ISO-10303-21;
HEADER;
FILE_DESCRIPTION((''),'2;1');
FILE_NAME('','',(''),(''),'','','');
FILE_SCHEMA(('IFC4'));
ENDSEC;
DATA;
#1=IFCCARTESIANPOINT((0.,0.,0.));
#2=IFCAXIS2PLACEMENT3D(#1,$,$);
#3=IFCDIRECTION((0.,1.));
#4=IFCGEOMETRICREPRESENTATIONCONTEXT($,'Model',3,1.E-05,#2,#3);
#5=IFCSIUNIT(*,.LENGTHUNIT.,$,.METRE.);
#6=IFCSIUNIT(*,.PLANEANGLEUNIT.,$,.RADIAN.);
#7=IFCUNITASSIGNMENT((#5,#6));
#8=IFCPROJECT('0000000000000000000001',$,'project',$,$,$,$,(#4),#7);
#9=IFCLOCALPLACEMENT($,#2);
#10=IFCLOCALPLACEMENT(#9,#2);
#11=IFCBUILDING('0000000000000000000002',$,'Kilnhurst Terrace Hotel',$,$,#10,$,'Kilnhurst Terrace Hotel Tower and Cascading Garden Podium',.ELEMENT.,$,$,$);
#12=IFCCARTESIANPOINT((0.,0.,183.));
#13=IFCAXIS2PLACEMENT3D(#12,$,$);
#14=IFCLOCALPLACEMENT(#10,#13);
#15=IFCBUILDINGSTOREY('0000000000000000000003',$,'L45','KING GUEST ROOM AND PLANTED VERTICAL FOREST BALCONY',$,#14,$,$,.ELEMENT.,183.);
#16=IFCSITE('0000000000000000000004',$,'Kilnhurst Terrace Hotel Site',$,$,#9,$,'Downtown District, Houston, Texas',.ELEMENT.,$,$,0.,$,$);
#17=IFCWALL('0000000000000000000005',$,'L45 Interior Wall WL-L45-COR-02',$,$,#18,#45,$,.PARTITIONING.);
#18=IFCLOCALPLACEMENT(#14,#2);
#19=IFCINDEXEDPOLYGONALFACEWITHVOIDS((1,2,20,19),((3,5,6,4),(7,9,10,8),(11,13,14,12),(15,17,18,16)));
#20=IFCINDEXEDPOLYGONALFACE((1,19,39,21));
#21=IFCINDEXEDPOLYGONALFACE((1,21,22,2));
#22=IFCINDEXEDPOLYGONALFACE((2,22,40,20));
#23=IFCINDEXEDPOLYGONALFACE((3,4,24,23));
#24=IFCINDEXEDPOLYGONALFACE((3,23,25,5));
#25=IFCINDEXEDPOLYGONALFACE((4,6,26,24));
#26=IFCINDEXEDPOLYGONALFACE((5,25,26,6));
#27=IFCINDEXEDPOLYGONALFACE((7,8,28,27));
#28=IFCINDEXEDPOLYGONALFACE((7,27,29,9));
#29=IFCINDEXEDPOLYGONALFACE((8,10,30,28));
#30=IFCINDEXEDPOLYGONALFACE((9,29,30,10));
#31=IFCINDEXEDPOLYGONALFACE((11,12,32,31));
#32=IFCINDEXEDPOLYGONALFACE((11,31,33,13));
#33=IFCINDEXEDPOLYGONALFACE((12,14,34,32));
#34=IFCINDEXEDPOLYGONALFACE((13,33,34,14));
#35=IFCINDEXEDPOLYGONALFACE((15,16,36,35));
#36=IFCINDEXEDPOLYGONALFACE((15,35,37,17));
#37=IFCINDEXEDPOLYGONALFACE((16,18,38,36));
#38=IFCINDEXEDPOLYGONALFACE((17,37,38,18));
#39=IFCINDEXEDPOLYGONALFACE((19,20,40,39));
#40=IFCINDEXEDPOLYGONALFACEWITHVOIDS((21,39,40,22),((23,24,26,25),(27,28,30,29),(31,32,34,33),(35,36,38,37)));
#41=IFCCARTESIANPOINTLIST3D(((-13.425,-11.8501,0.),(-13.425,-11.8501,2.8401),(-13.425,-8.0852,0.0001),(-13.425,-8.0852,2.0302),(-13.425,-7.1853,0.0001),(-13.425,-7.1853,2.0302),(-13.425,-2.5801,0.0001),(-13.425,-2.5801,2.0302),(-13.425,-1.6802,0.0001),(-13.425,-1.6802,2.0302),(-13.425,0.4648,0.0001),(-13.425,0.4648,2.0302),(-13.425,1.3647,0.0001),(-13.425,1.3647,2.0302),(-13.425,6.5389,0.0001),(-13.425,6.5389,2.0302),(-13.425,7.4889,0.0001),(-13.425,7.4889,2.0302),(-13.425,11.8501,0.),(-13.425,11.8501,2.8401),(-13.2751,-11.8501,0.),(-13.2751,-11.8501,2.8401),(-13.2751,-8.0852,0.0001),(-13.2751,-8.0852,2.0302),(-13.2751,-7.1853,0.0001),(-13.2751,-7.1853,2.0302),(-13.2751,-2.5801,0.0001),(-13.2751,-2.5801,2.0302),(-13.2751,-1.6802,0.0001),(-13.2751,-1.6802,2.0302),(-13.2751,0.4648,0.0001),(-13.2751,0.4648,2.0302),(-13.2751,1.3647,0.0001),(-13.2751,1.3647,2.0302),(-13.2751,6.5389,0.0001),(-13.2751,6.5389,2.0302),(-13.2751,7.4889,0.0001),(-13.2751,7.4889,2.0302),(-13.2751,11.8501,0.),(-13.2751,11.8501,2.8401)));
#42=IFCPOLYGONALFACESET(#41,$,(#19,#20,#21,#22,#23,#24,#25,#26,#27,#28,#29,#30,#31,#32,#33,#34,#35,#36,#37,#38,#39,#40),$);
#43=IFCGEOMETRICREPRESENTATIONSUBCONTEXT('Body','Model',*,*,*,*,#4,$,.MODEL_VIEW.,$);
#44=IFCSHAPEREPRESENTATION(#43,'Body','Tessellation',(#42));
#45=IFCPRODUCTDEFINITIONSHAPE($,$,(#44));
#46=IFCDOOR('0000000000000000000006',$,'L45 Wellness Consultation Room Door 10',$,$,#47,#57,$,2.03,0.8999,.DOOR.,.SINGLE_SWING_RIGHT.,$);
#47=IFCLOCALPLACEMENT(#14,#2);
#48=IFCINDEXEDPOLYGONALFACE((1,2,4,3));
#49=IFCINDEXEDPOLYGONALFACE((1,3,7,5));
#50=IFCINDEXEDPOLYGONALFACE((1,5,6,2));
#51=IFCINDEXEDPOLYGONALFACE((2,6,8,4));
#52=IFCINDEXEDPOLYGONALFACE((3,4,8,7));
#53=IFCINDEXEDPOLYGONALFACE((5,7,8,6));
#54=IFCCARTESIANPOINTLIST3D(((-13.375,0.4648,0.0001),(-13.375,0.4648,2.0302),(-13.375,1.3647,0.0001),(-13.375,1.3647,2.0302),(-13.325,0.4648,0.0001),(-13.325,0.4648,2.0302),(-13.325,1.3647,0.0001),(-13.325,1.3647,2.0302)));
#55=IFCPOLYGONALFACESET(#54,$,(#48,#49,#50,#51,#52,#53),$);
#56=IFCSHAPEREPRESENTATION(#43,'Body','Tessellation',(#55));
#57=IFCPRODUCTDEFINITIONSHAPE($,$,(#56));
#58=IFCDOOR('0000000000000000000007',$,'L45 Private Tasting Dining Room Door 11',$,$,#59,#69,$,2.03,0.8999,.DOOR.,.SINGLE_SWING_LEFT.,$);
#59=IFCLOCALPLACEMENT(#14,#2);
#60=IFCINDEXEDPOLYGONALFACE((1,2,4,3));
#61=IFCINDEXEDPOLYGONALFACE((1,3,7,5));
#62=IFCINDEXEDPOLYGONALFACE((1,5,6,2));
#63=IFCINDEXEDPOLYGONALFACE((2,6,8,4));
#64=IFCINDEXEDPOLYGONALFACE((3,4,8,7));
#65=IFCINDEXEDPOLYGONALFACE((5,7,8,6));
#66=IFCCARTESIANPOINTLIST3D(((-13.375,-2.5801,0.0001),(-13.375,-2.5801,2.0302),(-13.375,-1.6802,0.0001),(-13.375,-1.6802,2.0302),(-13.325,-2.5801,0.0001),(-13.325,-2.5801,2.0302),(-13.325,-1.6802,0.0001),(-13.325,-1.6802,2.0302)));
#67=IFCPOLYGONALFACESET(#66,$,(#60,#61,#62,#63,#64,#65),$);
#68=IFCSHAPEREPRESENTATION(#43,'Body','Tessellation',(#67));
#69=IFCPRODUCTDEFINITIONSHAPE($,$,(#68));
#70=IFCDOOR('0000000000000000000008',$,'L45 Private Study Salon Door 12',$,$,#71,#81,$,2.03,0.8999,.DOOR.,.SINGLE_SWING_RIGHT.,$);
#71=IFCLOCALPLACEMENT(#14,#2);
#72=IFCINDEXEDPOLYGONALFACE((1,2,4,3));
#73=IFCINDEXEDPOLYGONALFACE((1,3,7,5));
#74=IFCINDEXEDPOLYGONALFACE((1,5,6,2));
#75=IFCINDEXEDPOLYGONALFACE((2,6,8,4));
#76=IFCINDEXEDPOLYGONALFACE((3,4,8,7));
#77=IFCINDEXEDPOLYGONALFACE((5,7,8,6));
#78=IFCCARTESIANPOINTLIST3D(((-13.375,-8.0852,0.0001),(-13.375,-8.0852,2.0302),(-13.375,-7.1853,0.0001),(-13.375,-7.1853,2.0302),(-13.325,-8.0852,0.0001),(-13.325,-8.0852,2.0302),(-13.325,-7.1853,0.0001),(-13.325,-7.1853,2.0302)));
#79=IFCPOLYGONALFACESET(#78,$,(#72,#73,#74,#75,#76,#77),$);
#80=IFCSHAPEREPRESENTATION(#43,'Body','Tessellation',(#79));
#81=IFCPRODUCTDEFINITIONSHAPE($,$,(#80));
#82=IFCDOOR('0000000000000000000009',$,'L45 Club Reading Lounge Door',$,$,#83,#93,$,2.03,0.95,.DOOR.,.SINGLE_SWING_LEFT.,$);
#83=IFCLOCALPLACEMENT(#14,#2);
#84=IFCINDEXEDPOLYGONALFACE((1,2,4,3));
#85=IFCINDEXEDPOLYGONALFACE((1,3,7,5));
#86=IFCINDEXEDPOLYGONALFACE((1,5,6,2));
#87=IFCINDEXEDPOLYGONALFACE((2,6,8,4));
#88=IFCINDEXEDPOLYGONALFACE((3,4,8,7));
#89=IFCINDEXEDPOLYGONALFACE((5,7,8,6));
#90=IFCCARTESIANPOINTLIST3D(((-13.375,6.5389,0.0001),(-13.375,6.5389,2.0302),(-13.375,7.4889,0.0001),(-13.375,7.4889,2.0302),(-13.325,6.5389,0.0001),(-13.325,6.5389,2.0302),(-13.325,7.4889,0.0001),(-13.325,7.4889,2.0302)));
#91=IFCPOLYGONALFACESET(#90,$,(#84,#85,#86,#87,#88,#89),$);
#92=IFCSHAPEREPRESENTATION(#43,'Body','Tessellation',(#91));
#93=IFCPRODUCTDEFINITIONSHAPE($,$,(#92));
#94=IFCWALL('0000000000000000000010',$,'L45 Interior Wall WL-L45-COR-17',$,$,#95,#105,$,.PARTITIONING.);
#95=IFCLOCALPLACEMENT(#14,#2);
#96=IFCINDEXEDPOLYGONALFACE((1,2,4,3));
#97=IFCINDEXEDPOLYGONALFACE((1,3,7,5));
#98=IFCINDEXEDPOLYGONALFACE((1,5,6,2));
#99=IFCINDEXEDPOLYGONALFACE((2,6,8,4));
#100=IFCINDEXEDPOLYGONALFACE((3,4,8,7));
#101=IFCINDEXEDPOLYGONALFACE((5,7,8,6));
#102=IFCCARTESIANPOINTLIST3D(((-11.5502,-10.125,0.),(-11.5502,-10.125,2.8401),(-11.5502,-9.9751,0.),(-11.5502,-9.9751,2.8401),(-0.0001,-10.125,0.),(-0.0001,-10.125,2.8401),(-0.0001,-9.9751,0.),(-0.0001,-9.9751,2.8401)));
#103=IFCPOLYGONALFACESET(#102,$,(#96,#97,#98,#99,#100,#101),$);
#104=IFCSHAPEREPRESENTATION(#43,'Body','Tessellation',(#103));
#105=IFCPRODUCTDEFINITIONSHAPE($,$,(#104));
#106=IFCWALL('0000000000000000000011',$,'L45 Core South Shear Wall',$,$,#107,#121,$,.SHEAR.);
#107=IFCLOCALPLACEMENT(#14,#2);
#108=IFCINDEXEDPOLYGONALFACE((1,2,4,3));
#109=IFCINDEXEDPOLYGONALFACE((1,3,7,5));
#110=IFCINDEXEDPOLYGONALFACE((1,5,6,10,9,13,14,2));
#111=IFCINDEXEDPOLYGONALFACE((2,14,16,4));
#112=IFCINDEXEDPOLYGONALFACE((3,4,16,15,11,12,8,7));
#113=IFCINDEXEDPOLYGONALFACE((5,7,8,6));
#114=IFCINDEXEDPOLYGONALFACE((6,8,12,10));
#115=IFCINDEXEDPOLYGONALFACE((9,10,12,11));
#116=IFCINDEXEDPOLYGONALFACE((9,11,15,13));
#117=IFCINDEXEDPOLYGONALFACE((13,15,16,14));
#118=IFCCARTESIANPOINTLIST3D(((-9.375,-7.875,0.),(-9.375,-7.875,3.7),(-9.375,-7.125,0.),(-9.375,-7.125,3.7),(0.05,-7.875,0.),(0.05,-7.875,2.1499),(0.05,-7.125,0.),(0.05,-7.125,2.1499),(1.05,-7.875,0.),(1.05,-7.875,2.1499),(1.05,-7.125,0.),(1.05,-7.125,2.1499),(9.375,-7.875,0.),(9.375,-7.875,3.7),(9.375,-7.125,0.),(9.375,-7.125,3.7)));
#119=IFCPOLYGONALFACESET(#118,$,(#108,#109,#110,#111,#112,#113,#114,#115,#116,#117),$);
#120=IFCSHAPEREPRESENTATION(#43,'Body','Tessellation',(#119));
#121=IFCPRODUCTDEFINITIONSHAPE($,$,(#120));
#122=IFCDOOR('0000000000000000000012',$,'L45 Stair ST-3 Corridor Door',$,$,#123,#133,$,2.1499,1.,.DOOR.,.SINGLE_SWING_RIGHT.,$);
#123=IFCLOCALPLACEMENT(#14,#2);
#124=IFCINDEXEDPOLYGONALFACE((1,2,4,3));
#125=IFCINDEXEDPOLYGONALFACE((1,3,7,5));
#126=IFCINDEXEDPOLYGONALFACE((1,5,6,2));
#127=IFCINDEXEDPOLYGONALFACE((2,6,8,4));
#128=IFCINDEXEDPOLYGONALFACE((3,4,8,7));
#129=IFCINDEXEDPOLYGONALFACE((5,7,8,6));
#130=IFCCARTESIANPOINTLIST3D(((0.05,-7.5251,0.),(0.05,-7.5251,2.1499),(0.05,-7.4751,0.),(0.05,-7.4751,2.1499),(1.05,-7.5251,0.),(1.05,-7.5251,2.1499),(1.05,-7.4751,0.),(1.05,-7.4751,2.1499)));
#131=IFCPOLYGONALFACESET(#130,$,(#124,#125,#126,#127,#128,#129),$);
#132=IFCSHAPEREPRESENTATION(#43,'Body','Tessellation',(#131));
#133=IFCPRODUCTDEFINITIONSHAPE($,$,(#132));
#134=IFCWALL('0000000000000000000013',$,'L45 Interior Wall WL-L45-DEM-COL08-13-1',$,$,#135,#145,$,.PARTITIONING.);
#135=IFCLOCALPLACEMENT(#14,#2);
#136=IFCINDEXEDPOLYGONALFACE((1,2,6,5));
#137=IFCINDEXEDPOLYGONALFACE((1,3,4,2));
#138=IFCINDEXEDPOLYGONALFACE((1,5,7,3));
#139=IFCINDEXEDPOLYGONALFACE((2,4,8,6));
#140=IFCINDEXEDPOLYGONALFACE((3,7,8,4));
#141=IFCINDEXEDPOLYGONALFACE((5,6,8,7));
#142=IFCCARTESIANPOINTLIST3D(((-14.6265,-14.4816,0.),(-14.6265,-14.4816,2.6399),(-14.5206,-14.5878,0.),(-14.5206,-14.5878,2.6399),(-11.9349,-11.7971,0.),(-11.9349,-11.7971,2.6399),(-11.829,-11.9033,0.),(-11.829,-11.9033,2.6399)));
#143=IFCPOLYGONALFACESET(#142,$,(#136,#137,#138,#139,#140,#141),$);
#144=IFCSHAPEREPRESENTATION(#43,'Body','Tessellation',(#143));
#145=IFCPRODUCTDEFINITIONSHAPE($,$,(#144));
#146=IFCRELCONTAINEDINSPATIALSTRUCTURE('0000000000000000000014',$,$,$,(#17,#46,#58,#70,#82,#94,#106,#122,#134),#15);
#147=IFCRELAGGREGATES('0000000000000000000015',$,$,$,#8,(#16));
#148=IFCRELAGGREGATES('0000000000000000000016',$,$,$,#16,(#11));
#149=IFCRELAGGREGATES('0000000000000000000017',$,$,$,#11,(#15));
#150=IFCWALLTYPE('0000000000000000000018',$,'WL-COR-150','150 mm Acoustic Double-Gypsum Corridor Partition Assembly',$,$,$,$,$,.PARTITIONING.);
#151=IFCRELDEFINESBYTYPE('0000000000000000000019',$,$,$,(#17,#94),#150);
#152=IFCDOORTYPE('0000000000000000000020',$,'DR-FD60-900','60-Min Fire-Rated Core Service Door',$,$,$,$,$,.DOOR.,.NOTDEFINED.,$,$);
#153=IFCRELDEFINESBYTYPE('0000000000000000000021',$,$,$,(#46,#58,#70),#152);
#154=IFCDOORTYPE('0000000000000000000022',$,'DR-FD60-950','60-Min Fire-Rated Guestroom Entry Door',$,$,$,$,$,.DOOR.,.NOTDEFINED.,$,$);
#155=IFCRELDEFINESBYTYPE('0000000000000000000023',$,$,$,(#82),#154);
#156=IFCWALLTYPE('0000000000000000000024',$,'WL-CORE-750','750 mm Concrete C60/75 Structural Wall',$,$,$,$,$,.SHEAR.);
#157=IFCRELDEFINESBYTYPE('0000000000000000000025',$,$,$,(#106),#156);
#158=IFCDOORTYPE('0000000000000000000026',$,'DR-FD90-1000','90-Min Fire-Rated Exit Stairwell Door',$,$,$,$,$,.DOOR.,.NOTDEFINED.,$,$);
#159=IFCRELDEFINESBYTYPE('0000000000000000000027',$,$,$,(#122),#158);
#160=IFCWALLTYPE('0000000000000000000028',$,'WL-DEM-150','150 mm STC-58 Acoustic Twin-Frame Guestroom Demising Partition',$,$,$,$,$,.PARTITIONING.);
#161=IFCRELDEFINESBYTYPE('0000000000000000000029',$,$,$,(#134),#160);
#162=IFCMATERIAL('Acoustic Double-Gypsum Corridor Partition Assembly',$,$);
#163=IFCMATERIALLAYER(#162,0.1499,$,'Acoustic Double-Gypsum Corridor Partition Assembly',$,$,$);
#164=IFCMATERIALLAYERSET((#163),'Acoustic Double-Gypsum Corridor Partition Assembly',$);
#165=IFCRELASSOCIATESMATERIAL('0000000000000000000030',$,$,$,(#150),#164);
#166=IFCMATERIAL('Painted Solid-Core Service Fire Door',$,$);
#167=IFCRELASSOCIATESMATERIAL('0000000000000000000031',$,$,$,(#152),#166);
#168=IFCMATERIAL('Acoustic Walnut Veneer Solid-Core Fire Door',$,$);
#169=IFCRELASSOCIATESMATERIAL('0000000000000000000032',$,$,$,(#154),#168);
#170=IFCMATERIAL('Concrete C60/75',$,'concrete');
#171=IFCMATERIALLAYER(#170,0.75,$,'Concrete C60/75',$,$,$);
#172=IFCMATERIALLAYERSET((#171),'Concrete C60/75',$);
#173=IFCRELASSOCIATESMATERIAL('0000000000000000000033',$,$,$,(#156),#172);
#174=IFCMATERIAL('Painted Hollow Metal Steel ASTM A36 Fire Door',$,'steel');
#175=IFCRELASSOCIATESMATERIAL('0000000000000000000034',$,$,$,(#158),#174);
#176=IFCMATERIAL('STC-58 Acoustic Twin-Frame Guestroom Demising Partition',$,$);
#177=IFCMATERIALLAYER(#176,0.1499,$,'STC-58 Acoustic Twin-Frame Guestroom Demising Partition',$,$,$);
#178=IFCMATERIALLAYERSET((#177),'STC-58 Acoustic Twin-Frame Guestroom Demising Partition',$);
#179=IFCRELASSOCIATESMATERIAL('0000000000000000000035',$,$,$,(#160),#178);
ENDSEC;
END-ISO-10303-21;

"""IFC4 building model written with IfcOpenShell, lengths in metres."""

from ifc_helpers import new_model, si_unit, direction, frame, frame_2d, origin, place, context, subcontext, project, spatial, rectangle, extrude, material, layer, layer_set, type_object, element, fill, save


model = new_model("IFC4")

# Units and contexts
model_context = context("Model", 3, precision=1e-05, world=origin(), true_north=direction((0.0, 1.0)))
body_context = subcontext(model_context, "Body", "Model", "MODEL_VIEW")
ifc_project = project(units=[si_unit("LENGTHUNIT", "METRE"), si_unit("PLANEANGLEUNIT", "RADIAN")], contexts=[model_context])

# Site, building, storey
site_placement = place(None, origin())
site = spatial("IfcSite", under=ifc_project, at=site_placement, Name="Kilnhurst Terrace Hotel Site", LongName="Downtown District, Houston, Texas", CompositionType="ELEMENT", RefElevation=0.0)
building_placement = place(site_placement, origin())
building = spatial("IfcBuilding", under=site, at=building_placement, Name="Kilnhurst Terrace Hotel", LongName="Kilnhurst Terrace Hotel Tower and Cascading Garden Podium", CompositionType="ELEMENT")
storey_placement = place(building_placement, frame((0.0, 0.0, 183.0)))
storey = spatial("IfcBuildingStorey", under=building, at=storey_placement, Name="L45", Description="KING GUEST ROOM AND PLANTED VERTICAL FOREST BALCONY", CompositionType="ELEMENT", Elevation=183.0)

# Wall, openings, doors
ifc_material_1 = material(Name="Acoustic Double-Gypsum Corridor Partition Assembly")
ifc_layer_1 = layer(ifc_material_1, 0.1499, Name="Acoustic Double-Gypsum Corridor Partition Assembly")
ifc_layer_set_1 = layer_set([ifc_layer_1], Name="Acoustic Double-Gypsum Corridor Partition Assembly")
wall_type_1 = type_object("IfcWallType", Name="WL-COR-150", Description="150 mm Acoustic Double-Gypsum Corridor Partition Assembly", PredefinedType="PARTITIONING", material=ifc_layer_set_1)
wall_1_placement = place(storey_placement, frame((-13.3501, -11.8501, 0.0), z_axis=(0.0, 0.0, 1.0), x_axis=(0.0, 1.0, 0.0)))
wall_1 = element("IfcWall", 1, at=wall_1_placement, inside=storey, type_object=wall_type_1, Name="L45 Interior Wall WL-L45-COR-02", PredefinedType="PARTITIONING", context=body_context, shape_type="SweptSolid", body=[
    extrude(rectangle(XDim=23.7002, YDim=0.1499, at=frame_2d((11.8501, 0.0))), origin(), (0.0, 0.0, 1.0), 2.8401),
])
opening_1_placement = place(wall_1_placement, frame((18.3889, 0.0, 0.0)))
opening_1 = element("IfcOpeningElement", 2, at=opening_1_placement, cuts=wall_1, PredefinedType="OPENING", context=body_context, shape_type="SweptSolid", body=[
    extrude(rectangle(XDim=0.95, YDim=2.03, at=frame_2d((0.4751, 1.0151))), frame((0.0, 0.085, 0.0), z_axis=(0.0, -1.0, 0.0), x_axis=(1.0, 0.0, 0.0)), (0.0, 0.0, 1.0), 0.1699),
])
opening_2_placement = place(wall_1_placement, frame((12.3149, 0.0, 0.0)))
opening_2 = element("IfcOpeningElement", 3, at=opening_2_placement, cuts=wall_1, PredefinedType="OPENING", context=body_context, shape_type="SweptSolid", body=[
    extrude(rectangle(XDim=0.8999, YDim=2.03, at=frame_2d((0.45, 1.0151))), frame((0.0, 0.085, 0.0), z_axis=(0.0, -1.0, 0.0), x_axis=(1.0, 0.0, 0.0)), (0.0, 0.0, 1.0), 0.1699),
])
opening_3_placement = place(wall_1_placement, frame((9.27, 0.0, 0.0)))
opening_3 = element("IfcOpeningElement", 4, at=opening_3_placement, cuts=wall_1, PredefinedType="OPENING", context=body_context, shape_type="SweptSolid", body=[
    extrude(rectangle(XDim=0.8999, YDim=2.03, at=frame_2d((0.45, 1.0151))), frame((0.0, 0.085, 0.0), z_axis=(0.0, -1.0, 0.0), x_axis=(1.0, 0.0, 0.0)), (0.0, 0.0, 1.0), 0.1699),
])
opening_4_placement = place(wall_1_placement, frame((3.7649, 0.0, 0.0)))
opening_4 = element("IfcOpeningElement", 5, at=opening_4_placement, cuts=wall_1, PredefinedType="OPENING", context=body_context, shape_type="SweptSolid", body=[
    extrude(rectangle(XDim=0.8999, YDim=2.03, at=frame_2d((0.45, 1.0151))), frame((0.0, 0.085, 0.0), z_axis=(0.0, -1.0, 0.0), x_axis=(1.0, 0.0, 0.0)), (0.0, 0.0, 1.0), 0.1699),
])
ifc_material_2 = material(Name="Painted Solid-Core Service Fire Door")
door_type_1 = type_object("IfcDoorType", Name="DR-FD60-900", Description="60-Min Fire-Rated Core Service Door", OperationType="NOTDEFINED", PredefinedType="DOOR", material=ifc_material_2)
door_1_placement = place(opening_2_placement, origin())
door_1 = element("IfcDoor", 6, at=door_1_placement, inside=storey, type_object=door_type_1, Name="L45 Wellness Consultation Room Door 10", OperationType="SINGLE_SWING_RIGHT", OverallHeight=2.03, OverallWidth=0.8999, PredefinedType="DOOR", context=body_context, shape_type="SweptSolid", body=[
    extrude(rectangle(XDim=0.8999, YDim=2.03, at=frame_2d((0.45, 1.0151))), frame((0.0, 0.0249, 0.0), z_axis=(0.0, -1.0, 0.0), x_axis=(1.0, 0.0, 0.0)), (0.0, 0.0, 1.0), 0.05),
])
fill(opening_2, door_1)
door_2_placement = place(opening_3_placement, origin())
door_2 = element("IfcDoor", 7, at=door_2_placement, inside=storey, type_object=door_type_1, Name="L45 Private Tasting Dining Room Door 11", OperationType="SINGLE_SWING_LEFT", OverallHeight=2.03, OverallWidth=0.8999, PredefinedType="DOOR", context=body_context, shape_type="SweptSolid", body=[
    extrude(rectangle(XDim=0.8999, YDim=2.03, at=frame_2d((0.45, 1.0151))), frame((0.0, 0.0249, 0.0), z_axis=(0.0, -1.0, 0.0), x_axis=(1.0, 0.0, 0.0)), (0.0, 0.0, 1.0), 0.05),
])
fill(opening_3, door_2)
door_3_placement = place(opening_4_placement, origin())
door_3 = element("IfcDoor", 8, at=door_3_placement, inside=storey, type_object=door_type_1, Name="L45 Private Study Salon Door 12", OperationType="SINGLE_SWING_RIGHT", OverallHeight=2.03, OverallWidth=0.8999, PredefinedType="DOOR", context=body_context, shape_type="SweptSolid", body=[
    extrude(rectangle(XDim=0.8999, YDim=2.03, at=frame_2d((0.45, 1.0151))), frame((0.0, 0.0249, 0.0), z_axis=(0.0, -1.0, 0.0), x_axis=(1.0, 0.0, 0.0)), (0.0, 0.0, 1.0), 0.05),
])
fill(opening_4, door_3)
ifc_material_3 = material(Name="Acoustic Walnut Veneer Solid-Core Fire Door")
door_type_2 = type_object("IfcDoorType", Name="DR-FD60-950", Description="60-Min Fire-Rated Guestroom Entry Door", OperationType="NOTDEFINED", PredefinedType="DOOR", material=ifc_material_3)
door_4_placement = place(opening_1_placement, origin())
door_4 = element("IfcDoor", 9, at=door_4_placement, inside=storey, type_object=door_type_2, Name="L45 Club Reading Lounge Door", OperationType="SINGLE_SWING_LEFT", OverallHeight=2.03, OverallWidth=0.95, PredefinedType="DOOR", context=body_context, shape_type="SweptSolid", body=[
    extrude(rectangle(XDim=0.95, YDim=2.03, at=frame_2d((0.4751, 1.0151))), frame((0.0, 0.0249, 0.0), z_axis=(0.0, -1.0, 0.0), x_axis=(1.0, 0.0, 0.0)), (0.0, 0.0, 1.0), 0.05),
])
fill(opening_1, door_4)

# Wall
wall_2_placement = place(storey_placement, frame((-11.55, -10.05, 0.0), z_axis=(0.0, 0.0, 1.0), x_axis=(1.0, 0.0, 0.0)))
element("IfcWall", 10, at=wall_2_placement, inside=storey, type_object=wall_type_1, Name="L45 Interior Wall WL-L45-COR-17", PredefinedType="PARTITIONING", context=body_context, shape_type="SweptSolid", body=[
    extrude(rectangle(XDim=11.55, YDim=0.1499, at=frame_2d((5.7749, 0.0))), origin(), (0.0, 0.0, 1.0), 2.8401),
])

# Wall, opening, door
ifc_material_4 = material(Name="Concrete C60/75", Category="concrete")
ifc_layer_2 = layer(ifc_material_4, 0.75, Name="Concrete C60/75")
ifc_layer_set_2 = layer_set([ifc_layer_2], Name="Concrete C60/75")
wall_type_2 = type_object("IfcWallType", Name="WL-CORE-750", Description="750 mm Concrete C60/75 Structural Wall", PredefinedType="SHEAR", material=ifc_layer_set_2)
wall_3_placement = place(storey_placement, frame((-9.375, -7.5, 0.0), z_axis=(0.0, 0.0, 1.0), x_axis=(1.0, 0.0, 0.0)))
wall_3 = element("IfcWall", 11, at=wall_3_placement, inside=storey, type_object=wall_type_2, Name="L45 Core South Shear Wall", PredefinedType="SHEAR", context=body_context, shape_type="SweptSolid", body=[
    extrude(rectangle(XDim=18.75, YDim=0.75, at=frame_2d((9.375, 0.0))), origin(), (0.0, 0.0, 1.0), 3.7),
])
opening_5_placement = place(wall_3_placement, frame((9.425, 0.0, 0.0)))
opening_5 = element("IfcOpeningElement", 12, at=opening_5_placement, cuts=wall_3, PredefinedType="OPENING", context=body_context, shape_type="SweptSolid", body=[
    extrude(rectangle(XDim=1.0, YDim=2.1499, at=frame_2d((0.5, 1.075))), frame((0.0, 0.385, 0.0), z_axis=(0.0, -1.0, 0.0), x_axis=(1.0, 0.0, 0.0)), (0.0, 0.0, 1.0), 0.77),
])
ifc_material_5 = material(Name="Painted Hollow Metal Steel ASTM A36 Fire Door", Category="steel")
door_type_3 = type_object("IfcDoorType", Name="DR-FD90-1000", Description="90-Min Fire-Rated Exit Stairwell Door", OperationType="NOTDEFINED", PredefinedType="DOOR", material=ifc_material_5)
door_5_placement = place(opening_5_placement, origin())
door_5 = element("IfcDoor", 13, at=door_5_placement, inside=storey, type_object=door_type_3, Name="L45 Stair ST-3 Corridor Door", OperationType="SINGLE_SWING_RIGHT", OverallHeight=2.1499, OverallWidth=1.0, PredefinedType="DOOR", context=body_context, shape_type="SweptSolid", body=[
    extrude(rectangle(XDim=1.0, YDim=2.1499, at=frame_2d((0.5, 1.075))), frame((0.0, 0.0249, 0.0), z_axis=(0.0, -1.0, 0.0), x_axis=(1.0, 0.0, 0.0)), (0.0, 0.0, 1.0), 0.05),
])
fill(opening_5, door_5)

# Wall
ifc_material_6 = material(Name="STC-58 Acoustic Twin-Frame Guestroom Demising Partition")
ifc_layer_3 = layer(ifc_material_6, 0.1499, Name="STC-58 Acoustic Twin-Frame Guestroom Demising Partition")
ifc_layer_set_3 = layer_set([ifc_layer_3], Name="STC-58 Acoustic Twin-Frame Guestroom Demising Partition")
wall_type_3 = type_object("IfcWallType", Name="WL-DEM-150", Description="150 mm STC-58 Acoustic Twin-Frame Guestroom Demising Partition", PredefinedType="PARTITIONING", material=ifc_layer_set_3)
wall_4_placement = place(storey_placement, frame((-11.8818, -11.8501, 0.0), z_axis=(0.0, 0.0, 1.0), x_axis=(-0.708037, -0.706175, 0.0)))
element("IfcWall", 14, at=wall_4_placement, inside=storey, type_object=wall_type_3, Name="L45 Interior Wall WL-L45-DEM-COL08-13-1", PredefinedType="PARTITIONING", context=body_context, shape_type="SweptSolid", body=[
    extrude(rectangle(XDim=3.8015, YDim=0.1499, at=frame_2d((1.9009, 0.0))), origin(), (0.0, 0.0, 1.0), 2.6399),
])

save(model, "model.ifc")
